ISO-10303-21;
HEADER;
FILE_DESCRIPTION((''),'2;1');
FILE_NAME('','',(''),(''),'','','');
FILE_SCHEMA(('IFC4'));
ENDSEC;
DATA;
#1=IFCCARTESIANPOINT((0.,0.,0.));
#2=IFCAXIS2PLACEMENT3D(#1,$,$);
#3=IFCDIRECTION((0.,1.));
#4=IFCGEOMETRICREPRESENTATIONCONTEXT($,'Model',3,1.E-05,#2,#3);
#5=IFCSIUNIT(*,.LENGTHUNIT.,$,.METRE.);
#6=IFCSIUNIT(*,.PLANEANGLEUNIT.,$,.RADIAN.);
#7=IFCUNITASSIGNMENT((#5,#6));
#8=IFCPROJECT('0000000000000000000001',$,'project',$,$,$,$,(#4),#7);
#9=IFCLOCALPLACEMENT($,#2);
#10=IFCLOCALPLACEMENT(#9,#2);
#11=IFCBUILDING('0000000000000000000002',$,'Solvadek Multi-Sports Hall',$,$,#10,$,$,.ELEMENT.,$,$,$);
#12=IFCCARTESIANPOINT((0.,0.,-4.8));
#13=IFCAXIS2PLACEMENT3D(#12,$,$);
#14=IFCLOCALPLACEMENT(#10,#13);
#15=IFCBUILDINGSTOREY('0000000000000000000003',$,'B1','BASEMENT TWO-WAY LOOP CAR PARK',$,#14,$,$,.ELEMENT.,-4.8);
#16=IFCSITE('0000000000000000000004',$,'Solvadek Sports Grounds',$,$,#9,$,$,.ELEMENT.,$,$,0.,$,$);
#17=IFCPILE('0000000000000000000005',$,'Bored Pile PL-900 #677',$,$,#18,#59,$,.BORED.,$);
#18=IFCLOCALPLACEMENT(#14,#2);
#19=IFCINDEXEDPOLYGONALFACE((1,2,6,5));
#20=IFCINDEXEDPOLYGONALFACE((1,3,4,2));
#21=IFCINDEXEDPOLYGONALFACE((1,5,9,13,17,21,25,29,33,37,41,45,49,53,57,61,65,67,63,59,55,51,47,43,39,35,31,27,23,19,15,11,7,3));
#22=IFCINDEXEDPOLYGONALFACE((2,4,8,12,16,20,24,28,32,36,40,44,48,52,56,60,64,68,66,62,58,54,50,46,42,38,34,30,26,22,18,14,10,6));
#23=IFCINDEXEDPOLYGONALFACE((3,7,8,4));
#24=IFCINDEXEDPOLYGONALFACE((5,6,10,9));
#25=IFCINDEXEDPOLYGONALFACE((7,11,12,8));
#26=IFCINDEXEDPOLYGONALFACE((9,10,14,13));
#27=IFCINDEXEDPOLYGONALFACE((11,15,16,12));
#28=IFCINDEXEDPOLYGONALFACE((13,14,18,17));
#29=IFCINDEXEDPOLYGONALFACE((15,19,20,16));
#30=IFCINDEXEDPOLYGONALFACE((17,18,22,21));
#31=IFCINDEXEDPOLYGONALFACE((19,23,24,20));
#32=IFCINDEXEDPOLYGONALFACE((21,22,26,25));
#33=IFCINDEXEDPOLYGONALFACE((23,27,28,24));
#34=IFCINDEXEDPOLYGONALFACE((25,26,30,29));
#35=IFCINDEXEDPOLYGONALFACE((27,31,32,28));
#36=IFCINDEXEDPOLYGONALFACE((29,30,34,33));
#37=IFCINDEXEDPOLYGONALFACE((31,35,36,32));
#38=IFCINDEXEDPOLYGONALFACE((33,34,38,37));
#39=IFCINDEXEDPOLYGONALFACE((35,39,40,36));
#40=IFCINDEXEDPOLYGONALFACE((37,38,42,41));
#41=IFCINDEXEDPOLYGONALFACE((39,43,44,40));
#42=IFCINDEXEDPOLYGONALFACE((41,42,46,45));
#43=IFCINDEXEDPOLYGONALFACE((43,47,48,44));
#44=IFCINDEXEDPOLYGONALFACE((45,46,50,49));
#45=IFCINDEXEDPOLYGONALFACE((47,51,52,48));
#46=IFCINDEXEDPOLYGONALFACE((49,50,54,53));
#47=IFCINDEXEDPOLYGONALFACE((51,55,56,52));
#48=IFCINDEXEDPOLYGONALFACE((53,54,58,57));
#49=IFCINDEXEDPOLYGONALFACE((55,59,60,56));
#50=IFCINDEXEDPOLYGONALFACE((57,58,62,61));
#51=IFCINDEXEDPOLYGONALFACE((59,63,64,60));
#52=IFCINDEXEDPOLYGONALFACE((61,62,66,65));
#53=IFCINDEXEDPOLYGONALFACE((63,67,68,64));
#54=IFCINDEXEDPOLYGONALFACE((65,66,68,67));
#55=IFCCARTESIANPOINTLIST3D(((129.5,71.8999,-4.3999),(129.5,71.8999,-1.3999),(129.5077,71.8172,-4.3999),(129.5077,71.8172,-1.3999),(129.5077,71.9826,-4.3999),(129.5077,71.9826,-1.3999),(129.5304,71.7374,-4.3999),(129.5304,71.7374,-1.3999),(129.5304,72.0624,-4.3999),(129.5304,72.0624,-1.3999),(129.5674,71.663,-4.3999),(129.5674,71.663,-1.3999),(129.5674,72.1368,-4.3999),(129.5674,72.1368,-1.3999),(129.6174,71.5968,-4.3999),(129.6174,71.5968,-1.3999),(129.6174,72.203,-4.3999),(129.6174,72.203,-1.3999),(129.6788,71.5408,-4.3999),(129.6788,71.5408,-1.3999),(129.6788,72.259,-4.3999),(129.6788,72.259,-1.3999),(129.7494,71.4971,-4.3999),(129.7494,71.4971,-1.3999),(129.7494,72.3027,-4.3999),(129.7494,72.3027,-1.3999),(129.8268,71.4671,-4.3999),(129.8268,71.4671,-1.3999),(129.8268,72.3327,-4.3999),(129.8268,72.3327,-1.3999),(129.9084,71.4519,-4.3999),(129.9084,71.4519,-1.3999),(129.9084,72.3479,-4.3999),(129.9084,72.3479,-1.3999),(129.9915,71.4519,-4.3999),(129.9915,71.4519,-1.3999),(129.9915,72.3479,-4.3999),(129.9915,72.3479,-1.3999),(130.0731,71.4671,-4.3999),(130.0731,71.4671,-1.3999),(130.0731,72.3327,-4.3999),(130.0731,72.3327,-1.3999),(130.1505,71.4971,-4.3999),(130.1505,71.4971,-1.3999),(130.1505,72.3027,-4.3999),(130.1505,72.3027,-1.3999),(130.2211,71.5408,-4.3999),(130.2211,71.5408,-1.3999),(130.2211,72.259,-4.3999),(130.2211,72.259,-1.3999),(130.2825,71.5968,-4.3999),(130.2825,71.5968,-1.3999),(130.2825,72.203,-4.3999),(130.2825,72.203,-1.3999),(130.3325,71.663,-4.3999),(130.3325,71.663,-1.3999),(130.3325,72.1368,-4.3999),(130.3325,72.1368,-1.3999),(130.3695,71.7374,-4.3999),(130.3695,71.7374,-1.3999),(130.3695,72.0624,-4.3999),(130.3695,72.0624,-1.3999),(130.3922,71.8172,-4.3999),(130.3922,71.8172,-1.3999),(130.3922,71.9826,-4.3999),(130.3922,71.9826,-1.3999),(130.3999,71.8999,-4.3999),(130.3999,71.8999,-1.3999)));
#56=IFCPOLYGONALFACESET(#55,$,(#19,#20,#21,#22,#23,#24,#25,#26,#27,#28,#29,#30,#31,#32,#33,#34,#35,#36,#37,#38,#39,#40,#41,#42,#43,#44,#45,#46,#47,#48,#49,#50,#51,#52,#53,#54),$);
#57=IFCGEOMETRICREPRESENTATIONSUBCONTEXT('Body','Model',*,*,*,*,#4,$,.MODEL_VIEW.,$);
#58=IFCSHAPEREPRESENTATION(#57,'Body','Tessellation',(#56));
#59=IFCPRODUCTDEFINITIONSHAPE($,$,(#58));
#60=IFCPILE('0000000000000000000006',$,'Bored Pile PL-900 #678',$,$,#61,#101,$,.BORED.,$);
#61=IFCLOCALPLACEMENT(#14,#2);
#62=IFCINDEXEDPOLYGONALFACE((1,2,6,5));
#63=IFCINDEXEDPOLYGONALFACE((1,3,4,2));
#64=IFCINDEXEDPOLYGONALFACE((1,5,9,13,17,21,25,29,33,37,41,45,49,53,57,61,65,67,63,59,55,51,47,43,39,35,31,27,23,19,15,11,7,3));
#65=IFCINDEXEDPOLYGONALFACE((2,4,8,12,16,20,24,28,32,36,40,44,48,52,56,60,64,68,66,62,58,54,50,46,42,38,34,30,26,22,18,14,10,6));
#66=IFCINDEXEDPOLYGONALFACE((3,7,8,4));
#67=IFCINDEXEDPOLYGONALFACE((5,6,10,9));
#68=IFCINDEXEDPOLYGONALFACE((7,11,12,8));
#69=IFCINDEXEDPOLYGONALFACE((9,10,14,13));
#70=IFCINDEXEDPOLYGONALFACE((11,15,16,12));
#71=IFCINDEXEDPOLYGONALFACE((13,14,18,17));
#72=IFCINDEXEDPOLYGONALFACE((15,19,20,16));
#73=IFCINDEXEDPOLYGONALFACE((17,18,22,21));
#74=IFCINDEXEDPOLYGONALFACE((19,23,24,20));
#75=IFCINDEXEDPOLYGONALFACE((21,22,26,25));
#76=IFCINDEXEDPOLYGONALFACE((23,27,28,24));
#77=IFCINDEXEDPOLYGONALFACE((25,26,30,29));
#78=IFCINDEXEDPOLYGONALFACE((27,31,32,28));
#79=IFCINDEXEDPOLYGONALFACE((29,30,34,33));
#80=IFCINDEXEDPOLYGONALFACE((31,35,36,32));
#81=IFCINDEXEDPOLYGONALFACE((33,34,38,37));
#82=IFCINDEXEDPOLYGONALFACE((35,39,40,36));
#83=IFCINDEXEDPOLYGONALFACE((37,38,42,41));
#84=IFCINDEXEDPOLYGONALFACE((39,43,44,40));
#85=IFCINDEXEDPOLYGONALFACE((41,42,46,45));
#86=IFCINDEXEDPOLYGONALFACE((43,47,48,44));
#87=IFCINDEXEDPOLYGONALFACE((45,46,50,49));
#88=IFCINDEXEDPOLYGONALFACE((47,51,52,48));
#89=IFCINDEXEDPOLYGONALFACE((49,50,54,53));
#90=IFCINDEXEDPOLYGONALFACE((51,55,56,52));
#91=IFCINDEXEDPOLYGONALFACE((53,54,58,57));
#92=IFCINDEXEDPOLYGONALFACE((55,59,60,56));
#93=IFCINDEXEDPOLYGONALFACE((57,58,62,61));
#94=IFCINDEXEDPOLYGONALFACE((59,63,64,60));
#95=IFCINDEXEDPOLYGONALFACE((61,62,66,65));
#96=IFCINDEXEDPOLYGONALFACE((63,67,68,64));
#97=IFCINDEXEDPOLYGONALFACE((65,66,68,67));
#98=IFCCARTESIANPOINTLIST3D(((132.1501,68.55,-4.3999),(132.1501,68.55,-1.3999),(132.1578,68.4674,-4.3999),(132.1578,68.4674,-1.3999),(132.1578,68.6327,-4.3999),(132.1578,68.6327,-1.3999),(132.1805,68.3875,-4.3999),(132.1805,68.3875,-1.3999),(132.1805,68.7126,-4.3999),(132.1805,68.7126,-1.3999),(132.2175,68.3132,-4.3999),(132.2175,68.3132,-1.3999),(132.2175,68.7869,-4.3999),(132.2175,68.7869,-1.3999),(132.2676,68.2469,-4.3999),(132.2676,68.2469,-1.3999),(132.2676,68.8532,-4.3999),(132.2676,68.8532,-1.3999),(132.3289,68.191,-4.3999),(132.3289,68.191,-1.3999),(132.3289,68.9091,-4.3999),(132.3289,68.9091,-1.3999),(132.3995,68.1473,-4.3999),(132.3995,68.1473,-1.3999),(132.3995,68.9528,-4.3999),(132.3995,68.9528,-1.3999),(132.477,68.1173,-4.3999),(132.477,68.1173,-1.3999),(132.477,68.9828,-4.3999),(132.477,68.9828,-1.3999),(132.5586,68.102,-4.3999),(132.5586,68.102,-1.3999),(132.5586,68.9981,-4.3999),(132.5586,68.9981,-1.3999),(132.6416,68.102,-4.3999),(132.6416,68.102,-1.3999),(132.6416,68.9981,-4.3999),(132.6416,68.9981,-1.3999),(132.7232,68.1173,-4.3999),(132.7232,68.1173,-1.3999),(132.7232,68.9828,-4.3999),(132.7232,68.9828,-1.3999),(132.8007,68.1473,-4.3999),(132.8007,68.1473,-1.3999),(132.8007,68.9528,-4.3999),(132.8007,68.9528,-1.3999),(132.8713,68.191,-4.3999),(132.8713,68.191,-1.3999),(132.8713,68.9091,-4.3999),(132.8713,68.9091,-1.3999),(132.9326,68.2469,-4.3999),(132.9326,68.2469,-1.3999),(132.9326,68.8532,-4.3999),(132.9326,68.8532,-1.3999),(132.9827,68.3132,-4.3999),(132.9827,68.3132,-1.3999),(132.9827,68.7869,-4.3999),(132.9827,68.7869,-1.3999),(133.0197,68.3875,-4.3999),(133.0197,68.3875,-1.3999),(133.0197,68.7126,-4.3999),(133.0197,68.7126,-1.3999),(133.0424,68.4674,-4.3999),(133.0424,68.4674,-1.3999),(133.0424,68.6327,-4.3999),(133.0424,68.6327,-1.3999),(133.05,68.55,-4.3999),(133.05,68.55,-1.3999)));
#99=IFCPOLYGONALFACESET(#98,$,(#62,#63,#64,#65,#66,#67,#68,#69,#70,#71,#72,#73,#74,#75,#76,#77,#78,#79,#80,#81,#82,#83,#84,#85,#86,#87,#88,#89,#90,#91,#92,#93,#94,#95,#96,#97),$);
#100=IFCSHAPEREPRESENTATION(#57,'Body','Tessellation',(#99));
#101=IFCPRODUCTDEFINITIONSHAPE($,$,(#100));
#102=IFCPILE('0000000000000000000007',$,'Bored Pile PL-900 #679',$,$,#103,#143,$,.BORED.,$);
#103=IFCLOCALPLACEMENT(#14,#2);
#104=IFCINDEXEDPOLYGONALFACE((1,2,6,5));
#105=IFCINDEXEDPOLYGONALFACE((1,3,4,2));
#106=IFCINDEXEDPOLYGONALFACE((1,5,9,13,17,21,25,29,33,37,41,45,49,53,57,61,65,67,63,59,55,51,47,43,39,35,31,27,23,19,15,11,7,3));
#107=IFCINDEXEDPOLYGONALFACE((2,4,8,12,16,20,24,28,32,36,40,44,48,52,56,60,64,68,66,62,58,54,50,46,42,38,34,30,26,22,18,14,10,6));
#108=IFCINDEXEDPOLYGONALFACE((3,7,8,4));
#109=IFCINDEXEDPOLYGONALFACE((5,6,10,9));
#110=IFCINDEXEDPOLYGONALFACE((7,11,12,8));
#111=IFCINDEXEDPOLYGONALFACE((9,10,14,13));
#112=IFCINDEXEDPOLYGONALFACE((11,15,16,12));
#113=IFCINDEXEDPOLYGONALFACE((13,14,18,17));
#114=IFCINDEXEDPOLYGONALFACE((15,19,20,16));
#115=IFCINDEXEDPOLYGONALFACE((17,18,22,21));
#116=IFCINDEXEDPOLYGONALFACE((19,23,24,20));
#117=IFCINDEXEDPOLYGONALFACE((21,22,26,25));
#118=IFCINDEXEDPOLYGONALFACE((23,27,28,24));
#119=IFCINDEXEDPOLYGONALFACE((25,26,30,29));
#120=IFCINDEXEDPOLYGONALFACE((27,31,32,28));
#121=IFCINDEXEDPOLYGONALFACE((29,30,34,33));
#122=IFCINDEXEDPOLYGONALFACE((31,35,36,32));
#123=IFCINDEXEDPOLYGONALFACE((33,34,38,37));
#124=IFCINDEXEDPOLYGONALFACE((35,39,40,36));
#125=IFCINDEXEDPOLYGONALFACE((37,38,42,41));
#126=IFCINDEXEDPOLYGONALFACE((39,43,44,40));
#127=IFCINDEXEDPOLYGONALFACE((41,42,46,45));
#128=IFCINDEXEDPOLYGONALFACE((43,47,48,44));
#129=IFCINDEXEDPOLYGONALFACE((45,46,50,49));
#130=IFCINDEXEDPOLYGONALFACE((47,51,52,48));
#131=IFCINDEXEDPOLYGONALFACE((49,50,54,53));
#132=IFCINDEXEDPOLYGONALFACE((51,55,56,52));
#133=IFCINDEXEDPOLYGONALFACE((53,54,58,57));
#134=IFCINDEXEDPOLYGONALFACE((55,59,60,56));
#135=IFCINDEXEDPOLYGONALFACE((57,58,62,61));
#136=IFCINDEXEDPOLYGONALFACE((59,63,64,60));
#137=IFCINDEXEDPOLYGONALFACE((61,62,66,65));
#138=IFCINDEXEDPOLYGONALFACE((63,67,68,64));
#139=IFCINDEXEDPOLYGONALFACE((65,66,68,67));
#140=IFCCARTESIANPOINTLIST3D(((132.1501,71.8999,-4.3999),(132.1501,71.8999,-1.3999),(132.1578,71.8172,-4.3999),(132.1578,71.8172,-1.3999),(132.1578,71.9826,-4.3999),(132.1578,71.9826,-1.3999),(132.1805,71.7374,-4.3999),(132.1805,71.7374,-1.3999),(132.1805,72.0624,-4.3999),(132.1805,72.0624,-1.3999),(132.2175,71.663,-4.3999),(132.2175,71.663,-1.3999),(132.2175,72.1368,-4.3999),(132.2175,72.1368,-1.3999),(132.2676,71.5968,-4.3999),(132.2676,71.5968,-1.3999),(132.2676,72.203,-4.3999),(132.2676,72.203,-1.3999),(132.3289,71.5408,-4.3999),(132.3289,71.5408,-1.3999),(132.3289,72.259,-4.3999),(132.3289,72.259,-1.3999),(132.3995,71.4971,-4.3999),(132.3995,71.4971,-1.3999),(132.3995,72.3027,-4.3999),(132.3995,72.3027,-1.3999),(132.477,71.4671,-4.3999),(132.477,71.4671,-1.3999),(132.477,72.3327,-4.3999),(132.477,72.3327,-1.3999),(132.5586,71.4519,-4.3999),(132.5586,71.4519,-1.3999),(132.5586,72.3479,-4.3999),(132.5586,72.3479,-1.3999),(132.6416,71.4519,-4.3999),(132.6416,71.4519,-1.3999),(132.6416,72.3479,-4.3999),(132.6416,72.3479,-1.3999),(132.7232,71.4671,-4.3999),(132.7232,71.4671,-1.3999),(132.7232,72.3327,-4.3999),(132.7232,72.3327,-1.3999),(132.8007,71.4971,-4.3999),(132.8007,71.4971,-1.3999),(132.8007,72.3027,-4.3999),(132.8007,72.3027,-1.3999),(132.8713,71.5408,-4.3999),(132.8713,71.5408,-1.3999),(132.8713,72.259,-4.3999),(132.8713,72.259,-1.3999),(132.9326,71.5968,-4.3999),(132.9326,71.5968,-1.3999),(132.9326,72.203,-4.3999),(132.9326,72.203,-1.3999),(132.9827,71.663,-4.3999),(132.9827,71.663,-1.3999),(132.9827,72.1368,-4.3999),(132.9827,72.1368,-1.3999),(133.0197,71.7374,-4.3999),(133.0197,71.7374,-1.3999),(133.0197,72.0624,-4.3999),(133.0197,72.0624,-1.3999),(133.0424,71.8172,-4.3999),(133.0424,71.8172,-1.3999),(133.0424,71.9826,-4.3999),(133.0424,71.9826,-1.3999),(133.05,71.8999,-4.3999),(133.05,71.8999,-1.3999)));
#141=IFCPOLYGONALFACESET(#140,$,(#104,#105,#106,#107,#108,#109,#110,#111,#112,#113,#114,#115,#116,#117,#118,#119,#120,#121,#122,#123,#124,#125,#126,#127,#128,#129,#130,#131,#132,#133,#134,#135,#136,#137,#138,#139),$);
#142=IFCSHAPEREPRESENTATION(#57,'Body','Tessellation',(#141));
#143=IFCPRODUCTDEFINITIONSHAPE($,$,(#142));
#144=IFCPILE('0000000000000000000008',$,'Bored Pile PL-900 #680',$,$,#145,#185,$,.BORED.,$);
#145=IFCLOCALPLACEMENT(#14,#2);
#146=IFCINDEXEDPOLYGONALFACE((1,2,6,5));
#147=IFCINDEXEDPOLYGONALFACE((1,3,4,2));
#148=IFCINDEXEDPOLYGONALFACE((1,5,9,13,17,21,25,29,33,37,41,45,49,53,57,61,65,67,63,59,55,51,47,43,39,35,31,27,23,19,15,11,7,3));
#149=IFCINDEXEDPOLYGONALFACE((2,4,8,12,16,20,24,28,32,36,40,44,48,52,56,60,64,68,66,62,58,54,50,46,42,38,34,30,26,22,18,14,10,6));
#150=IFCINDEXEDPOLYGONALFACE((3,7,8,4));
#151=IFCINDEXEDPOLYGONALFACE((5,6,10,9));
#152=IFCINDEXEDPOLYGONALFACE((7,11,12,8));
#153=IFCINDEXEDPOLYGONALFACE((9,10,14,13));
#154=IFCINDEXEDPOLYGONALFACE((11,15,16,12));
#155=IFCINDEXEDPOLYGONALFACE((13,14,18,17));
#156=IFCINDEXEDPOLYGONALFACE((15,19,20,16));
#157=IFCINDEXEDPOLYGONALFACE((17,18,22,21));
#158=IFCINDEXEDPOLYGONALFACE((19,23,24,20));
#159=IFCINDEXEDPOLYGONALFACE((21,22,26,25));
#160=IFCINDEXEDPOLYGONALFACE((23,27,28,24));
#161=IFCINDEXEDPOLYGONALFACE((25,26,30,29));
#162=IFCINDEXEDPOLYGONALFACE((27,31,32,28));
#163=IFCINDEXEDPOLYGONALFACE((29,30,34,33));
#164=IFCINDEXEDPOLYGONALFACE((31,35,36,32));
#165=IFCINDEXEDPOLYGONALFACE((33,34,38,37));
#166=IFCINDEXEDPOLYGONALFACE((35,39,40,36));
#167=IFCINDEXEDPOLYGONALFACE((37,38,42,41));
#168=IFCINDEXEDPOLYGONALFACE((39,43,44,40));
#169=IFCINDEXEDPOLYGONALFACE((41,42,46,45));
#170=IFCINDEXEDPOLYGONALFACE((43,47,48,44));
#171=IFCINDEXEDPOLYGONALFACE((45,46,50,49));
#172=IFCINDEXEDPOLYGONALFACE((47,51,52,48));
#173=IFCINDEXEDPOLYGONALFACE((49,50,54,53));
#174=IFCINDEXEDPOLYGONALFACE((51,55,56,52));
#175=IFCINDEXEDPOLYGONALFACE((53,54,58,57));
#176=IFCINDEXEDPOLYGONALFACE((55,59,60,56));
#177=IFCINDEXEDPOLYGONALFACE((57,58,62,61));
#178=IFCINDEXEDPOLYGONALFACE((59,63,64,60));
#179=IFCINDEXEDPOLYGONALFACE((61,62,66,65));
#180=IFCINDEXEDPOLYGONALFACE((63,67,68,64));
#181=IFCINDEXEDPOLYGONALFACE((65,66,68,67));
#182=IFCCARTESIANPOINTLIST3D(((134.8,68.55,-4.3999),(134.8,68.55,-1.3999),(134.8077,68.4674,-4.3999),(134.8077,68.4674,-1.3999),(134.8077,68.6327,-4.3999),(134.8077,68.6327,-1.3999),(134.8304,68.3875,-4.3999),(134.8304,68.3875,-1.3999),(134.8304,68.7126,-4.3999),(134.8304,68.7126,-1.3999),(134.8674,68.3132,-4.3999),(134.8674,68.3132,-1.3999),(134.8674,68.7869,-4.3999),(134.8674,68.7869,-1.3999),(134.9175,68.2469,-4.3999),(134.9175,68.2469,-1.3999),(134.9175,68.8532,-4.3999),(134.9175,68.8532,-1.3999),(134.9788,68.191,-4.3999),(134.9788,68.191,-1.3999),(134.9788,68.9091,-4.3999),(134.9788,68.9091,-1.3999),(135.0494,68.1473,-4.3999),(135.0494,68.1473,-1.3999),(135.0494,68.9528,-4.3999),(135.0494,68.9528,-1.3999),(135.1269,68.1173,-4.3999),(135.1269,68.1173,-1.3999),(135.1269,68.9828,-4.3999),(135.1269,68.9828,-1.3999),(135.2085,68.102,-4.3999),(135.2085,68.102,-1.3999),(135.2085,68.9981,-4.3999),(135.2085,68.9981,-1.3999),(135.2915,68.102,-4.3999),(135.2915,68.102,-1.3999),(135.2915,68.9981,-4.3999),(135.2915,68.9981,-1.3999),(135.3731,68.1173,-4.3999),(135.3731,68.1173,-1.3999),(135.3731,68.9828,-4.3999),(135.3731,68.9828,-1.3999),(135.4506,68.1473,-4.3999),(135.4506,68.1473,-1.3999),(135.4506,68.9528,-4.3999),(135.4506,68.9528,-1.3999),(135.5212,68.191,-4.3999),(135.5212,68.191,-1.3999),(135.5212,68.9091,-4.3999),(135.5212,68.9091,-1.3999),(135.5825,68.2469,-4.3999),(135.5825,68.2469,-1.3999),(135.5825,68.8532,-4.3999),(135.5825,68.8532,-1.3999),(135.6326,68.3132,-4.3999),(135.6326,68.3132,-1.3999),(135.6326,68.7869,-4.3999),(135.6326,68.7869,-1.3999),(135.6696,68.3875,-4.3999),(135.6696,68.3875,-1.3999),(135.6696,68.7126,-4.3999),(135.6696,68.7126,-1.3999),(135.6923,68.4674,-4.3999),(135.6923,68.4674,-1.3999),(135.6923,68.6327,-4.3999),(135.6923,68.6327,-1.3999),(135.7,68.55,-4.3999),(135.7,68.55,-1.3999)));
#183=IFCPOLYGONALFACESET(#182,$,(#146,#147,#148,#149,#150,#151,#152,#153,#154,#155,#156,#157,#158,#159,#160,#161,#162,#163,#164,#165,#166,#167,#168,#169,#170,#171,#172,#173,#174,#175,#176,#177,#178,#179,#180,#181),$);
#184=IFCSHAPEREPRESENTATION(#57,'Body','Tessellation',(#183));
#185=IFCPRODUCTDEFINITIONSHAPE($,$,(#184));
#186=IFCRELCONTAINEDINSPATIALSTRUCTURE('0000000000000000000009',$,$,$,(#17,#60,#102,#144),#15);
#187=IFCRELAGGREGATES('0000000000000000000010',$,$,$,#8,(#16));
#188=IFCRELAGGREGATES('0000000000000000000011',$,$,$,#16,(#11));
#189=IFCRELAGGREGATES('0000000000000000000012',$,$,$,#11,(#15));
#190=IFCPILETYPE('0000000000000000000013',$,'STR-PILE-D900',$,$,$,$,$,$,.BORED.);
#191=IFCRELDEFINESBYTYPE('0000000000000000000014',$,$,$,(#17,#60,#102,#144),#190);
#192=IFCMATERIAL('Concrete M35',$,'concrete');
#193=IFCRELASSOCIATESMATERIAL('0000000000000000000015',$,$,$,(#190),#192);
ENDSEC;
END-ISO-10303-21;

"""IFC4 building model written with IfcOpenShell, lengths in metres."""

from ifc_helpers import new_model, si_unit, direction, frame, origin, origin_2d, place, context, subcontext, project, spatial, circle, extrude, material, material_profile, profile_set, type_object, element, save


model = new_model("IFC4")

# Units and contexts
model_context = context("Model", 3, precision=1e-05, world=origin(), true_north=direction((0.0, 1.0)))
body_context = subcontext(model_context, "Body", "Model", "MODEL_VIEW")
ifc_project = project(units=[si_unit("LENGTHUNIT", "METRE"), si_unit("PLANEANGLEUNIT", "RADIAN")], contexts=[model_context])

# Site, building, storey
site_placement = place(None, origin())
site = spatial("IfcSite", under=ifc_project, at=site_placement, Name="Solvadek Sports Grounds", CompositionType="ELEMENT", RefElevation=0.0)
building_placement = place(site_placement, origin())
building = spatial("IfcBuilding", under=site, at=building_placement, Name="Solvadek Multi-Sports Hall", CompositionType="ELEMENT")
storey_placement = place(building_placement, frame((0.0, 0.0, -4.8)))
storey = spatial("IfcBuildingStorey", under=building, at=storey_placement, Name="B1", Description="BASEMENT TWO-WAY LOOP CAR PARK", CompositionType="ELEMENT", Elevation=-4.8)

# Piles
ifc_material_1 = material(Name="Concrete M35", Category="concrete")
ifc_material_profile_1 = material_profile(ifc_material_1, circle(Radius=0.45, at=origin_2d()), Name="BORED PILE D900")
ifc_profile_set_1 = profile_set([ifc_material_profile_1], Name="Concrete M35")
pile_type = type_object("IfcPileType", Name="STR-PILE-D900", PredefinedType="BORED", material=ifc_profile_set_1)
for number, where, z_axis, x_axis, name in (
    (1, (129.95, 71.8999, -1.3999), (0.0, 0.0, -1.0), (1.0, 0.0, 0.0), "Bored Pile PL-900 #677"),
    (2, (132.6001, 68.55, -1.3999), (0.0, 0.0, -1.0), (1.0, 0.0, 0.0), "Bored Pile PL-900 #678"),
    (3, (132.6001, 71.8999, -1.3999), (0.0, 0.0, -1.0), (1.0, 0.0, 0.0), "Bored Pile PL-900 #679"),
    (4, (135.25, 68.55, -1.3999), (0.0, 0.0, -1.0), (1.0, 0.0, 0.0), "Bored Pile PL-900 #680"),
):
    element("IfcPile", number, at=place(storey_placement, frame(where, z_axis=z_axis, x_axis=x_axis)), inside=storey, type_object=pile_type, Name=name, PredefinedType="BORED", context=body_context, shape_type="SweptSolid", body=[
        extrude(circle(Radius=0.45, at=origin_2d()), origin(), (0.0, 0.0, 1.0), 3.0),
    ])

save(model, "model.ifc")
